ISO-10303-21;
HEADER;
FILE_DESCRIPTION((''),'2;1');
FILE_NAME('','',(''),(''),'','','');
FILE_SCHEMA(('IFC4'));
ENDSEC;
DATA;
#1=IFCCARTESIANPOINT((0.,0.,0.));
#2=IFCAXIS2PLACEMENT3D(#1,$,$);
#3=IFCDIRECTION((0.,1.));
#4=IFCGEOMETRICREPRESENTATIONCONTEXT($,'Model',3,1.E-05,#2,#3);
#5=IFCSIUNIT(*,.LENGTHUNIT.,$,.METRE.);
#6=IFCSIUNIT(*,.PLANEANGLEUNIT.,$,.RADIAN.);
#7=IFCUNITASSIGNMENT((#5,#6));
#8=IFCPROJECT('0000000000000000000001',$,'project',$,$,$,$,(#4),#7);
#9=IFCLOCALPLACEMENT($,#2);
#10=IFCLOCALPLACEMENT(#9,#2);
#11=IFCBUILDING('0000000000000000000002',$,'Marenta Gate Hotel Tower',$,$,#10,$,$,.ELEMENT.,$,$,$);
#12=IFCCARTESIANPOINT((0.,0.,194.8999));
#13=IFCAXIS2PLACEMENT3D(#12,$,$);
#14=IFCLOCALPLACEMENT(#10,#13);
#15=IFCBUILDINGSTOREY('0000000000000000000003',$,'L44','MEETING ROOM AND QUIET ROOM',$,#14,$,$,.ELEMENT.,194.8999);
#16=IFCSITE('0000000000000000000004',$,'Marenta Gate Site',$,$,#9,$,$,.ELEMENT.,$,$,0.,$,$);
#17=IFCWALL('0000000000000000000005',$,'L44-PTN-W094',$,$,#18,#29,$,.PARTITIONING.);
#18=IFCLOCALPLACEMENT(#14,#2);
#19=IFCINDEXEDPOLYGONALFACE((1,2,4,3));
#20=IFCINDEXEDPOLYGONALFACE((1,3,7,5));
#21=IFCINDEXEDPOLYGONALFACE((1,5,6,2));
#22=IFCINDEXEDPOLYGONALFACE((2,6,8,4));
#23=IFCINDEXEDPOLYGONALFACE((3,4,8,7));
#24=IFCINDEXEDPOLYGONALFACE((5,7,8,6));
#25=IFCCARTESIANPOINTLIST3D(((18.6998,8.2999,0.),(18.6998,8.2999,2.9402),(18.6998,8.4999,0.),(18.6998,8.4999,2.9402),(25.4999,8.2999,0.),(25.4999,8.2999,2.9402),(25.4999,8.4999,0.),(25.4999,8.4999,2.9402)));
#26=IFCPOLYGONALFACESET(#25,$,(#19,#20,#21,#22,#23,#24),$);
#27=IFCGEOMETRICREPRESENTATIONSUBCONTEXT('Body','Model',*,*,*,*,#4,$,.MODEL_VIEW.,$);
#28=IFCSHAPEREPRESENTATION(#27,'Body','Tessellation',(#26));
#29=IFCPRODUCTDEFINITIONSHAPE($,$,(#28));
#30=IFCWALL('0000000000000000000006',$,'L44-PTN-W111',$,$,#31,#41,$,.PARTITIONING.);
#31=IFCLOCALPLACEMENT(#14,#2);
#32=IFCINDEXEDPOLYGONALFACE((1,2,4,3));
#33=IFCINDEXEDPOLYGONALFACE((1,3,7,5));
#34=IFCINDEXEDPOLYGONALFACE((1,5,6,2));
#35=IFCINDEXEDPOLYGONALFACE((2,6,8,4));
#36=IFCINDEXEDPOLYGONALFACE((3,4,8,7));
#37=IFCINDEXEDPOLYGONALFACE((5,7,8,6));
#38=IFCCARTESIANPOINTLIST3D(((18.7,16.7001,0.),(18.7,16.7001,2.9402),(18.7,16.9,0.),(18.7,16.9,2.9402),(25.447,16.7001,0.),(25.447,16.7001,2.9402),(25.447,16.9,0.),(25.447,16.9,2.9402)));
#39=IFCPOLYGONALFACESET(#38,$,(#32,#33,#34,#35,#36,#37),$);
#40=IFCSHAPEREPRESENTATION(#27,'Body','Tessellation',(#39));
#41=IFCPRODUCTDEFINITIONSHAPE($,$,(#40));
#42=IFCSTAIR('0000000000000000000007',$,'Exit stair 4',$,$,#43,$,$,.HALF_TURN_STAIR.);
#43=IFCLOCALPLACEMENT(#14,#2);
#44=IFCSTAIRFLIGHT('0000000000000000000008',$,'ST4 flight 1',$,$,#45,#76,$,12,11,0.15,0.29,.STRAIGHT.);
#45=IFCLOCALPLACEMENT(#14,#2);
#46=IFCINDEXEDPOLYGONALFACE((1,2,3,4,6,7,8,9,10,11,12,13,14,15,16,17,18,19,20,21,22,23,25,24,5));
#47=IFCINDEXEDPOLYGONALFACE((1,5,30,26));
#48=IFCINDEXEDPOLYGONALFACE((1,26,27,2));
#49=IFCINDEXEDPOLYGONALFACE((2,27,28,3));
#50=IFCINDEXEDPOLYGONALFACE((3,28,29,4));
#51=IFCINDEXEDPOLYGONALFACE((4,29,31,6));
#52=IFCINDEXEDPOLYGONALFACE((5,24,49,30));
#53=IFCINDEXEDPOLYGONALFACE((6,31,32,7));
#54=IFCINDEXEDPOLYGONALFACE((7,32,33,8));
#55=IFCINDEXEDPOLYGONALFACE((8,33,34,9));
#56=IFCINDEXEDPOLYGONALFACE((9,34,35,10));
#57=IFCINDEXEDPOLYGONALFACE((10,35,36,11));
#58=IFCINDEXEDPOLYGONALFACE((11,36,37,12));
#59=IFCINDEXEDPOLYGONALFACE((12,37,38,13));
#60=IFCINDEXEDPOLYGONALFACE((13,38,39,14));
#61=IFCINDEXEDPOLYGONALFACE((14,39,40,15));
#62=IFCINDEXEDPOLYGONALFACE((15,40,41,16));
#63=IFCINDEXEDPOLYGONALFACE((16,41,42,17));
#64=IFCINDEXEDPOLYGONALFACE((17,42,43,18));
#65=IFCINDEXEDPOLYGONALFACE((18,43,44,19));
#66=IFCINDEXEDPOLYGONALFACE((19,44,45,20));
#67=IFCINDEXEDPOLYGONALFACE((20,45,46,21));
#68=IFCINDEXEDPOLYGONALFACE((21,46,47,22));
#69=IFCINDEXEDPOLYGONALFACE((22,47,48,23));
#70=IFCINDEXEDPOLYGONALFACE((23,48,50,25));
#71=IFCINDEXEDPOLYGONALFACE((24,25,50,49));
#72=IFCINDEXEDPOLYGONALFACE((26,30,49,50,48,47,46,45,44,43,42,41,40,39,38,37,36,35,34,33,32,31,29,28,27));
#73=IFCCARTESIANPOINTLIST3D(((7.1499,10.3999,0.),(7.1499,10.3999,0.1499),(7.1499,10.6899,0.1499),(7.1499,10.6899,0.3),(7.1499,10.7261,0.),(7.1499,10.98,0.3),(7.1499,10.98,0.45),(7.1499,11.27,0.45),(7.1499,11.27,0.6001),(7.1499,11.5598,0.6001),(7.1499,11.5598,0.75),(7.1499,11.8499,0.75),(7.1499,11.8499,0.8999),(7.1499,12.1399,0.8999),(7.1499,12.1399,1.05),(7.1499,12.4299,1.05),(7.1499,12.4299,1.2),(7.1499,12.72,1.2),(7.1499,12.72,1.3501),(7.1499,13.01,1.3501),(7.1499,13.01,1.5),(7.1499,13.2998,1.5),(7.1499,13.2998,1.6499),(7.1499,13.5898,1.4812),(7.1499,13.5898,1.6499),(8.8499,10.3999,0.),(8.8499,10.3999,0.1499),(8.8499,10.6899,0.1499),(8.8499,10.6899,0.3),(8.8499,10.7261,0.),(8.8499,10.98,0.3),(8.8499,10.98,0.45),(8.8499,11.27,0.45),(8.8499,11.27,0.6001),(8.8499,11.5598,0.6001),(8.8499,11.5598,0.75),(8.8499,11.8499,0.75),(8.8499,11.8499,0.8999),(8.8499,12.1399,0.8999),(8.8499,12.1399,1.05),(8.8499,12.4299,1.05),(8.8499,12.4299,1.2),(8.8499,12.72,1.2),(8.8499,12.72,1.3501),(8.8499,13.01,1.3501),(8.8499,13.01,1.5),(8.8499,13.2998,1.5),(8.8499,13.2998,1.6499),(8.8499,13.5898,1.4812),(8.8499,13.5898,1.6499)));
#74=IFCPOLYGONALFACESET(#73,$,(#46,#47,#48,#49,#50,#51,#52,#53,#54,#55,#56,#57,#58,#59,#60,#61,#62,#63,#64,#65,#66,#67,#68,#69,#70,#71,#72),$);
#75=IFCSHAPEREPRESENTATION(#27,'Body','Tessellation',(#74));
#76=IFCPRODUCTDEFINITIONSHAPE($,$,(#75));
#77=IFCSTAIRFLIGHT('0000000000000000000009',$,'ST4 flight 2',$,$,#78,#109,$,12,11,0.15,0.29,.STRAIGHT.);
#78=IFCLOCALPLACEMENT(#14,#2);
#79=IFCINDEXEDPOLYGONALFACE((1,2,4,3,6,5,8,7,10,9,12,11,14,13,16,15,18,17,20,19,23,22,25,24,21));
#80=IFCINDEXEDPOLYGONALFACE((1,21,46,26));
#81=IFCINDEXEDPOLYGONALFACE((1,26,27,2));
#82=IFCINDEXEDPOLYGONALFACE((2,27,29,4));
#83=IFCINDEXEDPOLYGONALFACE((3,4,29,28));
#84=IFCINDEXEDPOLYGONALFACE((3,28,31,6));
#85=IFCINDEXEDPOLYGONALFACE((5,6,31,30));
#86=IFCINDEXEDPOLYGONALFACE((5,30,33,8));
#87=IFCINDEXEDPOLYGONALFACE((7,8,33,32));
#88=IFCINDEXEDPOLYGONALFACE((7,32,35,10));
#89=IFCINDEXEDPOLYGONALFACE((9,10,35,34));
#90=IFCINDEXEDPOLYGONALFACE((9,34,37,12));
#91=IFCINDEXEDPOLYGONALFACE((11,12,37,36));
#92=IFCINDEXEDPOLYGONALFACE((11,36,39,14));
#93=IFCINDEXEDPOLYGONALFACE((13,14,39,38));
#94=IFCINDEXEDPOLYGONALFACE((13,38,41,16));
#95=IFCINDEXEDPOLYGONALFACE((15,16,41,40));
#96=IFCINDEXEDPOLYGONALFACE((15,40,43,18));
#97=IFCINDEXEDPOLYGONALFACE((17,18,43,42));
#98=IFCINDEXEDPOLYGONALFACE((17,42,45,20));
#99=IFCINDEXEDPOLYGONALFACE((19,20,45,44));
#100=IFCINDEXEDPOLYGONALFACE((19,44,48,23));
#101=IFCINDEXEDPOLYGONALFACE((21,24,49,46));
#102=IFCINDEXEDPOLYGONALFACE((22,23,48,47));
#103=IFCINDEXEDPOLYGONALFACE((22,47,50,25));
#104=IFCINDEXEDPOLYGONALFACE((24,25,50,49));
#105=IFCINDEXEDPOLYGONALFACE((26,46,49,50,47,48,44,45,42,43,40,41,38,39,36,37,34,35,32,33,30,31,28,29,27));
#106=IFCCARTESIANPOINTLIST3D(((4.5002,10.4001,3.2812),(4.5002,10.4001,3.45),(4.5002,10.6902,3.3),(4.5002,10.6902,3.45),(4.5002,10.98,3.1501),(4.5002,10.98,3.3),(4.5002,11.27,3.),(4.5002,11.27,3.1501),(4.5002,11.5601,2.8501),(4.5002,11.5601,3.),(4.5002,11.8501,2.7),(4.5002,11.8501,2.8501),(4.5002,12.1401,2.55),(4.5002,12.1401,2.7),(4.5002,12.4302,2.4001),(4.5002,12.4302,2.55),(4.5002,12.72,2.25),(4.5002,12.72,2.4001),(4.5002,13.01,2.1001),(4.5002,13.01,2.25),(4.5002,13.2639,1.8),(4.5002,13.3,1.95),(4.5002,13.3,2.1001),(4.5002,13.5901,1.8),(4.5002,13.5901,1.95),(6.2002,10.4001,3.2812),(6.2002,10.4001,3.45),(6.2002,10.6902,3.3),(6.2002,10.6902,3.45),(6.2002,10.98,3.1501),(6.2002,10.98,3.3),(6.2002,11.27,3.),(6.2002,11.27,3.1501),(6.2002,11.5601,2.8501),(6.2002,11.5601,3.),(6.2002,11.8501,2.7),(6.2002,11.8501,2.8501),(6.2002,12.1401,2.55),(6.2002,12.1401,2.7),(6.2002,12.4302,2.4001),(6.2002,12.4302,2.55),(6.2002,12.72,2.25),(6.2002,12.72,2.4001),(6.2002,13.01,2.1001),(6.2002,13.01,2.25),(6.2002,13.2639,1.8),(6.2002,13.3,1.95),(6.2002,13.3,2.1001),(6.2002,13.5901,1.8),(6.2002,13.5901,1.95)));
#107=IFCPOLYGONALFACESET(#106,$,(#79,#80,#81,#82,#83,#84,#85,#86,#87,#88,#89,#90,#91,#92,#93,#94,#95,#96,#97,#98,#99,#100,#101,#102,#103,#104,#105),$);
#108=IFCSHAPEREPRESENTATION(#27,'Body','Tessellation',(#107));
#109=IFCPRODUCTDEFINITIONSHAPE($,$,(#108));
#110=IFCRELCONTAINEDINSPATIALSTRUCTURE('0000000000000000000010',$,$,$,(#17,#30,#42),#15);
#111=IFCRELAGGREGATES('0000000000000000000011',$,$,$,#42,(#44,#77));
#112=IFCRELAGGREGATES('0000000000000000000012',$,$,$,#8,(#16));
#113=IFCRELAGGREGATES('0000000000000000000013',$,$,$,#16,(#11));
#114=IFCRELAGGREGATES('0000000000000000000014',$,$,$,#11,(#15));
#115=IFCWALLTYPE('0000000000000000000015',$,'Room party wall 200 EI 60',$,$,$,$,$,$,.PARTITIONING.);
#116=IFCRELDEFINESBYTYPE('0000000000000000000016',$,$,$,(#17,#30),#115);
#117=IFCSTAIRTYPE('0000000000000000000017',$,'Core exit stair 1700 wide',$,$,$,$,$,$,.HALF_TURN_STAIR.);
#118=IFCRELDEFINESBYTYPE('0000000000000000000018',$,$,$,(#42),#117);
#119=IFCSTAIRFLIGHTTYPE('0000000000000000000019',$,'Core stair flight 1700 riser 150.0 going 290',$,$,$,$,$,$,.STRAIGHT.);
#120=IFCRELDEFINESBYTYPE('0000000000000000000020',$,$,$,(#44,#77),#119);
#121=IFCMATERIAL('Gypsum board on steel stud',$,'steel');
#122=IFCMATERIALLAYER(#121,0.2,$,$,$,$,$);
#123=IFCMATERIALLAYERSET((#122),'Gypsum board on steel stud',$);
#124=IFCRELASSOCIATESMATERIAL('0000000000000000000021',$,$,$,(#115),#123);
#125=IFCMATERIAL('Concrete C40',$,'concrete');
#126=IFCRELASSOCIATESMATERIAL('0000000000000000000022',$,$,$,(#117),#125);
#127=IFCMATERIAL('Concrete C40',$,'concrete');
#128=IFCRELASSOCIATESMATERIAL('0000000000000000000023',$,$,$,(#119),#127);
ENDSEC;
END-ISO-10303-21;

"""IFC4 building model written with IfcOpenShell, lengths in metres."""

from ifc_helpers import new_model, si_unit, direction, frame, frame_2d, origin, place, context, subcontext, project, spatial, polyline, rectangle, outline, extrude, material, layer, layer_set, type_object, element, aggregate, save


model = new_model("IFC4")

# Units and contexts
model_context = context("Model", 3, precision=1e-05, world=origin(), true_north=direction((0.0, 1.0)))
body_context = subcontext(model_context, "Body", "Model", "MODEL_VIEW")
ifc_project = project(units=[si_unit("LENGTHUNIT", "METRE"), si_unit("PLANEANGLEUNIT", "RADIAN")], contexts=[model_context])

# Site, building, storey
site_placement = place(None, origin())
site = spatial("IfcSite", under=ifc_project, at=site_placement, Name="Marenta Gate Site", CompositionType="ELEMENT", RefElevation=0.0)
building_placement = place(site_placement, origin())
building = spatial("IfcBuilding", under=site, at=building_placement, Name="Marenta Gate Hotel Tower", CompositionType="ELEMENT")
storey_placement = place(building_placement, frame((0.0, 0.0, 194.8999)))
storey = spatial("IfcBuildingStorey", under=building, at=storey_placement, Name="L44", Description="MEETING ROOM AND QUIET ROOM", CompositionType="ELEMENT", Elevation=194.8999)

# Walls
ifc_material_1 = material(Name="Gypsum board on steel stud", Category="steel")
ifc_layer_1 = layer(ifc_material_1, 0.2)
ifc_layer_set_1 = layer_set([ifc_layer_1], Name="Gypsum board on steel stud")
wall_type_1 = type_object("IfcWallType", Name="Room party wall 200 EI 60", PredefinedType="PARTITIONING", material=ifc_layer_set_1)
wall_1_placement = place(storey_placement, frame((18.7, 8.3999, 0.0), z_axis=(0.0, 0.0, 1.0), x_axis=(1.0, 0.0, 0.0)))
element("IfcWall", 1, at=wall_1_placement, inside=storey, type_object=wall_type_1, Name="L44-PTN-W094", PredefinedType="PARTITIONING", context=body_context, shape_type="SweptSolid", body=[
    extrude(rectangle(XDim=6.8, YDim=0.2, at=frame_2d((3.3999, 0.0))), origin(), (0.0, 0.0, 1.0), 2.9402),
])
wall_2_placement = place(storey_placement, frame((18.7, 16.8, 0.0), z_axis=(0.0, 0.0, 1.0), x_axis=(1.0, 0.0, 0.0)))
element("IfcWall", 2, at=wall_2_placement, inside=storey, type_object=wall_type_1, Name="L44-PTN-W111", PredefinedType="PARTITIONING", context=body_context, shape_type="SweptSolid", body=[
    extrude(rectangle(XDim=6.7471, YDim=0.2, at=frame_2d((3.3735, 0.0))), origin(), (0.0, 0.0, 1.0), 2.9402),
])

# Stair, stair flights
ifc_material_2 = material(Name="Concrete C40", Category="concrete")
stair_type = type_object("IfcStairType", Name="Core exit stair 1700 wide", PredefinedType="HALF_TURN_STAIR", material=ifc_material_2)
stair_placement = place(storey_placement, origin())
stair = element("IfcStair", 3, at=stair_placement, inside=storey, type_object=stair_type, Name="Exit stair 4", PredefinedType="HALF_TURN_STAIR")
ifc_material_3 = material(Name="Concrete C40", Category="concrete")
stair_flight_type = type_object("IfcStairFlightType", Name="Core stair flight 1700 riser 150.0 going 290", PredefinedType="STRAIGHT", material=ifc_material_3)
stair_flight_1_placement = place(storey_placement, frame((8.0, 10.3999, 0.0), z_axis=(0.0, 0.0, 1.0), x_axis=(0.0, 1.0, 0.0)))
stair_flight_1 = element("IfcStairFlight", 4, at=stair_flight_1_placement, type_object=stair_flight_type, Name="ST4 flight 1", NumberOfRisers=12, NumberOfTreads=11, PredefinedType="STRAIGHT", RiserHeight=0.15, TreadLength=0.29, context=body_context, shape_type="SweptSolid", body=[
    extrude(outline(polyline([(0.0, 0.0), (0.0, 0.1499), (0.29, 0.1499), (0.29, 0.3), (0.5801, 0.3), (0.5801, 0.45), (0.8701, 0.45), (0.8701, 0.6001), (1.1599, 0.6001), (1.1599, 0.75), (1.45, 0.75), (1.45, 0.8999), (1.74, 0.8999), (1.74, 1.05), (2.03, 1.05), (2.03, 1.2), (2.3201, 1.2), (2.3201, 1.3501), (2.6101, 1.3501), (2.6101, 1.5), (2.8999, 1.5), (2.8999, 1.6499), (3.1899, 1.6499), (3.1899, 1.8), (3.1899, 1.4812), (0.3262, 0.0), (0.0, 0.0)])), frame((0.0, 0.8501, 0.0), z_axis=(0.0, -1.0, 0.0), x_axis=(1.0, 0.0, 0.0)), (0.0, 0.0, 1.0), 1.7),
])
stair_flight_2_placement = place(storey_placement, frame((5.3501, 13.5901, 1.8), z_axis=(0.0, 0.0, 1.0), x_axis=(0.0, -1.0, 0.0)))
stair_flight_2 = element("IfcStairFlight", 5, at=stair_flight_2_placement, type_object=stair_flight_type, Name="ST4 flight 2", NumberOfRisers=12, NumberOfTreads=11, PredefinedType="STRAIGHT", RiserHeight=0.15, TreadLength=0.29, context=body_context, shape_type="SweptSolid", body=[
    extrude(outline(polyline([(0.0, 0.0), (0.0, 0.1499), (0.29, 0.1499), (0.29, 0.3), (0.5801, 0.3), (0.5801, 0.45), (0.8701, 0.45), (0.8701, 0.6001), (1.1599, 0.6001), (1.1599, 0.75), (1.45, 0.75), (1.45, 0.8999), (1.74, 0.8999), (1.74, 1.05), (2.03, 1.05), (2.03, 1.2), (2.3201, 1.2), (2.3201, 1.3501), (2.6101, 1.3501), (2.6101, 1.5), (2.8999, 1.5), (2.8999, 1.6499), (3.1899, 1.6499), (3.1899, 1.8), (3.1899, 1.4812), (0.3262, 0.0), (0.0, 0.0)])), frame((0.0, 0.8501, 0.0), z_axis=(0.0, -1.0, 0.0), x_axis=(1.0, 0.0, 0.0)), (0.0, 0.0, 1.0), 1.7),
])
aggregate(stair, [stair_flight_1, stair_flight_2])

save(model, "model.ifc")
